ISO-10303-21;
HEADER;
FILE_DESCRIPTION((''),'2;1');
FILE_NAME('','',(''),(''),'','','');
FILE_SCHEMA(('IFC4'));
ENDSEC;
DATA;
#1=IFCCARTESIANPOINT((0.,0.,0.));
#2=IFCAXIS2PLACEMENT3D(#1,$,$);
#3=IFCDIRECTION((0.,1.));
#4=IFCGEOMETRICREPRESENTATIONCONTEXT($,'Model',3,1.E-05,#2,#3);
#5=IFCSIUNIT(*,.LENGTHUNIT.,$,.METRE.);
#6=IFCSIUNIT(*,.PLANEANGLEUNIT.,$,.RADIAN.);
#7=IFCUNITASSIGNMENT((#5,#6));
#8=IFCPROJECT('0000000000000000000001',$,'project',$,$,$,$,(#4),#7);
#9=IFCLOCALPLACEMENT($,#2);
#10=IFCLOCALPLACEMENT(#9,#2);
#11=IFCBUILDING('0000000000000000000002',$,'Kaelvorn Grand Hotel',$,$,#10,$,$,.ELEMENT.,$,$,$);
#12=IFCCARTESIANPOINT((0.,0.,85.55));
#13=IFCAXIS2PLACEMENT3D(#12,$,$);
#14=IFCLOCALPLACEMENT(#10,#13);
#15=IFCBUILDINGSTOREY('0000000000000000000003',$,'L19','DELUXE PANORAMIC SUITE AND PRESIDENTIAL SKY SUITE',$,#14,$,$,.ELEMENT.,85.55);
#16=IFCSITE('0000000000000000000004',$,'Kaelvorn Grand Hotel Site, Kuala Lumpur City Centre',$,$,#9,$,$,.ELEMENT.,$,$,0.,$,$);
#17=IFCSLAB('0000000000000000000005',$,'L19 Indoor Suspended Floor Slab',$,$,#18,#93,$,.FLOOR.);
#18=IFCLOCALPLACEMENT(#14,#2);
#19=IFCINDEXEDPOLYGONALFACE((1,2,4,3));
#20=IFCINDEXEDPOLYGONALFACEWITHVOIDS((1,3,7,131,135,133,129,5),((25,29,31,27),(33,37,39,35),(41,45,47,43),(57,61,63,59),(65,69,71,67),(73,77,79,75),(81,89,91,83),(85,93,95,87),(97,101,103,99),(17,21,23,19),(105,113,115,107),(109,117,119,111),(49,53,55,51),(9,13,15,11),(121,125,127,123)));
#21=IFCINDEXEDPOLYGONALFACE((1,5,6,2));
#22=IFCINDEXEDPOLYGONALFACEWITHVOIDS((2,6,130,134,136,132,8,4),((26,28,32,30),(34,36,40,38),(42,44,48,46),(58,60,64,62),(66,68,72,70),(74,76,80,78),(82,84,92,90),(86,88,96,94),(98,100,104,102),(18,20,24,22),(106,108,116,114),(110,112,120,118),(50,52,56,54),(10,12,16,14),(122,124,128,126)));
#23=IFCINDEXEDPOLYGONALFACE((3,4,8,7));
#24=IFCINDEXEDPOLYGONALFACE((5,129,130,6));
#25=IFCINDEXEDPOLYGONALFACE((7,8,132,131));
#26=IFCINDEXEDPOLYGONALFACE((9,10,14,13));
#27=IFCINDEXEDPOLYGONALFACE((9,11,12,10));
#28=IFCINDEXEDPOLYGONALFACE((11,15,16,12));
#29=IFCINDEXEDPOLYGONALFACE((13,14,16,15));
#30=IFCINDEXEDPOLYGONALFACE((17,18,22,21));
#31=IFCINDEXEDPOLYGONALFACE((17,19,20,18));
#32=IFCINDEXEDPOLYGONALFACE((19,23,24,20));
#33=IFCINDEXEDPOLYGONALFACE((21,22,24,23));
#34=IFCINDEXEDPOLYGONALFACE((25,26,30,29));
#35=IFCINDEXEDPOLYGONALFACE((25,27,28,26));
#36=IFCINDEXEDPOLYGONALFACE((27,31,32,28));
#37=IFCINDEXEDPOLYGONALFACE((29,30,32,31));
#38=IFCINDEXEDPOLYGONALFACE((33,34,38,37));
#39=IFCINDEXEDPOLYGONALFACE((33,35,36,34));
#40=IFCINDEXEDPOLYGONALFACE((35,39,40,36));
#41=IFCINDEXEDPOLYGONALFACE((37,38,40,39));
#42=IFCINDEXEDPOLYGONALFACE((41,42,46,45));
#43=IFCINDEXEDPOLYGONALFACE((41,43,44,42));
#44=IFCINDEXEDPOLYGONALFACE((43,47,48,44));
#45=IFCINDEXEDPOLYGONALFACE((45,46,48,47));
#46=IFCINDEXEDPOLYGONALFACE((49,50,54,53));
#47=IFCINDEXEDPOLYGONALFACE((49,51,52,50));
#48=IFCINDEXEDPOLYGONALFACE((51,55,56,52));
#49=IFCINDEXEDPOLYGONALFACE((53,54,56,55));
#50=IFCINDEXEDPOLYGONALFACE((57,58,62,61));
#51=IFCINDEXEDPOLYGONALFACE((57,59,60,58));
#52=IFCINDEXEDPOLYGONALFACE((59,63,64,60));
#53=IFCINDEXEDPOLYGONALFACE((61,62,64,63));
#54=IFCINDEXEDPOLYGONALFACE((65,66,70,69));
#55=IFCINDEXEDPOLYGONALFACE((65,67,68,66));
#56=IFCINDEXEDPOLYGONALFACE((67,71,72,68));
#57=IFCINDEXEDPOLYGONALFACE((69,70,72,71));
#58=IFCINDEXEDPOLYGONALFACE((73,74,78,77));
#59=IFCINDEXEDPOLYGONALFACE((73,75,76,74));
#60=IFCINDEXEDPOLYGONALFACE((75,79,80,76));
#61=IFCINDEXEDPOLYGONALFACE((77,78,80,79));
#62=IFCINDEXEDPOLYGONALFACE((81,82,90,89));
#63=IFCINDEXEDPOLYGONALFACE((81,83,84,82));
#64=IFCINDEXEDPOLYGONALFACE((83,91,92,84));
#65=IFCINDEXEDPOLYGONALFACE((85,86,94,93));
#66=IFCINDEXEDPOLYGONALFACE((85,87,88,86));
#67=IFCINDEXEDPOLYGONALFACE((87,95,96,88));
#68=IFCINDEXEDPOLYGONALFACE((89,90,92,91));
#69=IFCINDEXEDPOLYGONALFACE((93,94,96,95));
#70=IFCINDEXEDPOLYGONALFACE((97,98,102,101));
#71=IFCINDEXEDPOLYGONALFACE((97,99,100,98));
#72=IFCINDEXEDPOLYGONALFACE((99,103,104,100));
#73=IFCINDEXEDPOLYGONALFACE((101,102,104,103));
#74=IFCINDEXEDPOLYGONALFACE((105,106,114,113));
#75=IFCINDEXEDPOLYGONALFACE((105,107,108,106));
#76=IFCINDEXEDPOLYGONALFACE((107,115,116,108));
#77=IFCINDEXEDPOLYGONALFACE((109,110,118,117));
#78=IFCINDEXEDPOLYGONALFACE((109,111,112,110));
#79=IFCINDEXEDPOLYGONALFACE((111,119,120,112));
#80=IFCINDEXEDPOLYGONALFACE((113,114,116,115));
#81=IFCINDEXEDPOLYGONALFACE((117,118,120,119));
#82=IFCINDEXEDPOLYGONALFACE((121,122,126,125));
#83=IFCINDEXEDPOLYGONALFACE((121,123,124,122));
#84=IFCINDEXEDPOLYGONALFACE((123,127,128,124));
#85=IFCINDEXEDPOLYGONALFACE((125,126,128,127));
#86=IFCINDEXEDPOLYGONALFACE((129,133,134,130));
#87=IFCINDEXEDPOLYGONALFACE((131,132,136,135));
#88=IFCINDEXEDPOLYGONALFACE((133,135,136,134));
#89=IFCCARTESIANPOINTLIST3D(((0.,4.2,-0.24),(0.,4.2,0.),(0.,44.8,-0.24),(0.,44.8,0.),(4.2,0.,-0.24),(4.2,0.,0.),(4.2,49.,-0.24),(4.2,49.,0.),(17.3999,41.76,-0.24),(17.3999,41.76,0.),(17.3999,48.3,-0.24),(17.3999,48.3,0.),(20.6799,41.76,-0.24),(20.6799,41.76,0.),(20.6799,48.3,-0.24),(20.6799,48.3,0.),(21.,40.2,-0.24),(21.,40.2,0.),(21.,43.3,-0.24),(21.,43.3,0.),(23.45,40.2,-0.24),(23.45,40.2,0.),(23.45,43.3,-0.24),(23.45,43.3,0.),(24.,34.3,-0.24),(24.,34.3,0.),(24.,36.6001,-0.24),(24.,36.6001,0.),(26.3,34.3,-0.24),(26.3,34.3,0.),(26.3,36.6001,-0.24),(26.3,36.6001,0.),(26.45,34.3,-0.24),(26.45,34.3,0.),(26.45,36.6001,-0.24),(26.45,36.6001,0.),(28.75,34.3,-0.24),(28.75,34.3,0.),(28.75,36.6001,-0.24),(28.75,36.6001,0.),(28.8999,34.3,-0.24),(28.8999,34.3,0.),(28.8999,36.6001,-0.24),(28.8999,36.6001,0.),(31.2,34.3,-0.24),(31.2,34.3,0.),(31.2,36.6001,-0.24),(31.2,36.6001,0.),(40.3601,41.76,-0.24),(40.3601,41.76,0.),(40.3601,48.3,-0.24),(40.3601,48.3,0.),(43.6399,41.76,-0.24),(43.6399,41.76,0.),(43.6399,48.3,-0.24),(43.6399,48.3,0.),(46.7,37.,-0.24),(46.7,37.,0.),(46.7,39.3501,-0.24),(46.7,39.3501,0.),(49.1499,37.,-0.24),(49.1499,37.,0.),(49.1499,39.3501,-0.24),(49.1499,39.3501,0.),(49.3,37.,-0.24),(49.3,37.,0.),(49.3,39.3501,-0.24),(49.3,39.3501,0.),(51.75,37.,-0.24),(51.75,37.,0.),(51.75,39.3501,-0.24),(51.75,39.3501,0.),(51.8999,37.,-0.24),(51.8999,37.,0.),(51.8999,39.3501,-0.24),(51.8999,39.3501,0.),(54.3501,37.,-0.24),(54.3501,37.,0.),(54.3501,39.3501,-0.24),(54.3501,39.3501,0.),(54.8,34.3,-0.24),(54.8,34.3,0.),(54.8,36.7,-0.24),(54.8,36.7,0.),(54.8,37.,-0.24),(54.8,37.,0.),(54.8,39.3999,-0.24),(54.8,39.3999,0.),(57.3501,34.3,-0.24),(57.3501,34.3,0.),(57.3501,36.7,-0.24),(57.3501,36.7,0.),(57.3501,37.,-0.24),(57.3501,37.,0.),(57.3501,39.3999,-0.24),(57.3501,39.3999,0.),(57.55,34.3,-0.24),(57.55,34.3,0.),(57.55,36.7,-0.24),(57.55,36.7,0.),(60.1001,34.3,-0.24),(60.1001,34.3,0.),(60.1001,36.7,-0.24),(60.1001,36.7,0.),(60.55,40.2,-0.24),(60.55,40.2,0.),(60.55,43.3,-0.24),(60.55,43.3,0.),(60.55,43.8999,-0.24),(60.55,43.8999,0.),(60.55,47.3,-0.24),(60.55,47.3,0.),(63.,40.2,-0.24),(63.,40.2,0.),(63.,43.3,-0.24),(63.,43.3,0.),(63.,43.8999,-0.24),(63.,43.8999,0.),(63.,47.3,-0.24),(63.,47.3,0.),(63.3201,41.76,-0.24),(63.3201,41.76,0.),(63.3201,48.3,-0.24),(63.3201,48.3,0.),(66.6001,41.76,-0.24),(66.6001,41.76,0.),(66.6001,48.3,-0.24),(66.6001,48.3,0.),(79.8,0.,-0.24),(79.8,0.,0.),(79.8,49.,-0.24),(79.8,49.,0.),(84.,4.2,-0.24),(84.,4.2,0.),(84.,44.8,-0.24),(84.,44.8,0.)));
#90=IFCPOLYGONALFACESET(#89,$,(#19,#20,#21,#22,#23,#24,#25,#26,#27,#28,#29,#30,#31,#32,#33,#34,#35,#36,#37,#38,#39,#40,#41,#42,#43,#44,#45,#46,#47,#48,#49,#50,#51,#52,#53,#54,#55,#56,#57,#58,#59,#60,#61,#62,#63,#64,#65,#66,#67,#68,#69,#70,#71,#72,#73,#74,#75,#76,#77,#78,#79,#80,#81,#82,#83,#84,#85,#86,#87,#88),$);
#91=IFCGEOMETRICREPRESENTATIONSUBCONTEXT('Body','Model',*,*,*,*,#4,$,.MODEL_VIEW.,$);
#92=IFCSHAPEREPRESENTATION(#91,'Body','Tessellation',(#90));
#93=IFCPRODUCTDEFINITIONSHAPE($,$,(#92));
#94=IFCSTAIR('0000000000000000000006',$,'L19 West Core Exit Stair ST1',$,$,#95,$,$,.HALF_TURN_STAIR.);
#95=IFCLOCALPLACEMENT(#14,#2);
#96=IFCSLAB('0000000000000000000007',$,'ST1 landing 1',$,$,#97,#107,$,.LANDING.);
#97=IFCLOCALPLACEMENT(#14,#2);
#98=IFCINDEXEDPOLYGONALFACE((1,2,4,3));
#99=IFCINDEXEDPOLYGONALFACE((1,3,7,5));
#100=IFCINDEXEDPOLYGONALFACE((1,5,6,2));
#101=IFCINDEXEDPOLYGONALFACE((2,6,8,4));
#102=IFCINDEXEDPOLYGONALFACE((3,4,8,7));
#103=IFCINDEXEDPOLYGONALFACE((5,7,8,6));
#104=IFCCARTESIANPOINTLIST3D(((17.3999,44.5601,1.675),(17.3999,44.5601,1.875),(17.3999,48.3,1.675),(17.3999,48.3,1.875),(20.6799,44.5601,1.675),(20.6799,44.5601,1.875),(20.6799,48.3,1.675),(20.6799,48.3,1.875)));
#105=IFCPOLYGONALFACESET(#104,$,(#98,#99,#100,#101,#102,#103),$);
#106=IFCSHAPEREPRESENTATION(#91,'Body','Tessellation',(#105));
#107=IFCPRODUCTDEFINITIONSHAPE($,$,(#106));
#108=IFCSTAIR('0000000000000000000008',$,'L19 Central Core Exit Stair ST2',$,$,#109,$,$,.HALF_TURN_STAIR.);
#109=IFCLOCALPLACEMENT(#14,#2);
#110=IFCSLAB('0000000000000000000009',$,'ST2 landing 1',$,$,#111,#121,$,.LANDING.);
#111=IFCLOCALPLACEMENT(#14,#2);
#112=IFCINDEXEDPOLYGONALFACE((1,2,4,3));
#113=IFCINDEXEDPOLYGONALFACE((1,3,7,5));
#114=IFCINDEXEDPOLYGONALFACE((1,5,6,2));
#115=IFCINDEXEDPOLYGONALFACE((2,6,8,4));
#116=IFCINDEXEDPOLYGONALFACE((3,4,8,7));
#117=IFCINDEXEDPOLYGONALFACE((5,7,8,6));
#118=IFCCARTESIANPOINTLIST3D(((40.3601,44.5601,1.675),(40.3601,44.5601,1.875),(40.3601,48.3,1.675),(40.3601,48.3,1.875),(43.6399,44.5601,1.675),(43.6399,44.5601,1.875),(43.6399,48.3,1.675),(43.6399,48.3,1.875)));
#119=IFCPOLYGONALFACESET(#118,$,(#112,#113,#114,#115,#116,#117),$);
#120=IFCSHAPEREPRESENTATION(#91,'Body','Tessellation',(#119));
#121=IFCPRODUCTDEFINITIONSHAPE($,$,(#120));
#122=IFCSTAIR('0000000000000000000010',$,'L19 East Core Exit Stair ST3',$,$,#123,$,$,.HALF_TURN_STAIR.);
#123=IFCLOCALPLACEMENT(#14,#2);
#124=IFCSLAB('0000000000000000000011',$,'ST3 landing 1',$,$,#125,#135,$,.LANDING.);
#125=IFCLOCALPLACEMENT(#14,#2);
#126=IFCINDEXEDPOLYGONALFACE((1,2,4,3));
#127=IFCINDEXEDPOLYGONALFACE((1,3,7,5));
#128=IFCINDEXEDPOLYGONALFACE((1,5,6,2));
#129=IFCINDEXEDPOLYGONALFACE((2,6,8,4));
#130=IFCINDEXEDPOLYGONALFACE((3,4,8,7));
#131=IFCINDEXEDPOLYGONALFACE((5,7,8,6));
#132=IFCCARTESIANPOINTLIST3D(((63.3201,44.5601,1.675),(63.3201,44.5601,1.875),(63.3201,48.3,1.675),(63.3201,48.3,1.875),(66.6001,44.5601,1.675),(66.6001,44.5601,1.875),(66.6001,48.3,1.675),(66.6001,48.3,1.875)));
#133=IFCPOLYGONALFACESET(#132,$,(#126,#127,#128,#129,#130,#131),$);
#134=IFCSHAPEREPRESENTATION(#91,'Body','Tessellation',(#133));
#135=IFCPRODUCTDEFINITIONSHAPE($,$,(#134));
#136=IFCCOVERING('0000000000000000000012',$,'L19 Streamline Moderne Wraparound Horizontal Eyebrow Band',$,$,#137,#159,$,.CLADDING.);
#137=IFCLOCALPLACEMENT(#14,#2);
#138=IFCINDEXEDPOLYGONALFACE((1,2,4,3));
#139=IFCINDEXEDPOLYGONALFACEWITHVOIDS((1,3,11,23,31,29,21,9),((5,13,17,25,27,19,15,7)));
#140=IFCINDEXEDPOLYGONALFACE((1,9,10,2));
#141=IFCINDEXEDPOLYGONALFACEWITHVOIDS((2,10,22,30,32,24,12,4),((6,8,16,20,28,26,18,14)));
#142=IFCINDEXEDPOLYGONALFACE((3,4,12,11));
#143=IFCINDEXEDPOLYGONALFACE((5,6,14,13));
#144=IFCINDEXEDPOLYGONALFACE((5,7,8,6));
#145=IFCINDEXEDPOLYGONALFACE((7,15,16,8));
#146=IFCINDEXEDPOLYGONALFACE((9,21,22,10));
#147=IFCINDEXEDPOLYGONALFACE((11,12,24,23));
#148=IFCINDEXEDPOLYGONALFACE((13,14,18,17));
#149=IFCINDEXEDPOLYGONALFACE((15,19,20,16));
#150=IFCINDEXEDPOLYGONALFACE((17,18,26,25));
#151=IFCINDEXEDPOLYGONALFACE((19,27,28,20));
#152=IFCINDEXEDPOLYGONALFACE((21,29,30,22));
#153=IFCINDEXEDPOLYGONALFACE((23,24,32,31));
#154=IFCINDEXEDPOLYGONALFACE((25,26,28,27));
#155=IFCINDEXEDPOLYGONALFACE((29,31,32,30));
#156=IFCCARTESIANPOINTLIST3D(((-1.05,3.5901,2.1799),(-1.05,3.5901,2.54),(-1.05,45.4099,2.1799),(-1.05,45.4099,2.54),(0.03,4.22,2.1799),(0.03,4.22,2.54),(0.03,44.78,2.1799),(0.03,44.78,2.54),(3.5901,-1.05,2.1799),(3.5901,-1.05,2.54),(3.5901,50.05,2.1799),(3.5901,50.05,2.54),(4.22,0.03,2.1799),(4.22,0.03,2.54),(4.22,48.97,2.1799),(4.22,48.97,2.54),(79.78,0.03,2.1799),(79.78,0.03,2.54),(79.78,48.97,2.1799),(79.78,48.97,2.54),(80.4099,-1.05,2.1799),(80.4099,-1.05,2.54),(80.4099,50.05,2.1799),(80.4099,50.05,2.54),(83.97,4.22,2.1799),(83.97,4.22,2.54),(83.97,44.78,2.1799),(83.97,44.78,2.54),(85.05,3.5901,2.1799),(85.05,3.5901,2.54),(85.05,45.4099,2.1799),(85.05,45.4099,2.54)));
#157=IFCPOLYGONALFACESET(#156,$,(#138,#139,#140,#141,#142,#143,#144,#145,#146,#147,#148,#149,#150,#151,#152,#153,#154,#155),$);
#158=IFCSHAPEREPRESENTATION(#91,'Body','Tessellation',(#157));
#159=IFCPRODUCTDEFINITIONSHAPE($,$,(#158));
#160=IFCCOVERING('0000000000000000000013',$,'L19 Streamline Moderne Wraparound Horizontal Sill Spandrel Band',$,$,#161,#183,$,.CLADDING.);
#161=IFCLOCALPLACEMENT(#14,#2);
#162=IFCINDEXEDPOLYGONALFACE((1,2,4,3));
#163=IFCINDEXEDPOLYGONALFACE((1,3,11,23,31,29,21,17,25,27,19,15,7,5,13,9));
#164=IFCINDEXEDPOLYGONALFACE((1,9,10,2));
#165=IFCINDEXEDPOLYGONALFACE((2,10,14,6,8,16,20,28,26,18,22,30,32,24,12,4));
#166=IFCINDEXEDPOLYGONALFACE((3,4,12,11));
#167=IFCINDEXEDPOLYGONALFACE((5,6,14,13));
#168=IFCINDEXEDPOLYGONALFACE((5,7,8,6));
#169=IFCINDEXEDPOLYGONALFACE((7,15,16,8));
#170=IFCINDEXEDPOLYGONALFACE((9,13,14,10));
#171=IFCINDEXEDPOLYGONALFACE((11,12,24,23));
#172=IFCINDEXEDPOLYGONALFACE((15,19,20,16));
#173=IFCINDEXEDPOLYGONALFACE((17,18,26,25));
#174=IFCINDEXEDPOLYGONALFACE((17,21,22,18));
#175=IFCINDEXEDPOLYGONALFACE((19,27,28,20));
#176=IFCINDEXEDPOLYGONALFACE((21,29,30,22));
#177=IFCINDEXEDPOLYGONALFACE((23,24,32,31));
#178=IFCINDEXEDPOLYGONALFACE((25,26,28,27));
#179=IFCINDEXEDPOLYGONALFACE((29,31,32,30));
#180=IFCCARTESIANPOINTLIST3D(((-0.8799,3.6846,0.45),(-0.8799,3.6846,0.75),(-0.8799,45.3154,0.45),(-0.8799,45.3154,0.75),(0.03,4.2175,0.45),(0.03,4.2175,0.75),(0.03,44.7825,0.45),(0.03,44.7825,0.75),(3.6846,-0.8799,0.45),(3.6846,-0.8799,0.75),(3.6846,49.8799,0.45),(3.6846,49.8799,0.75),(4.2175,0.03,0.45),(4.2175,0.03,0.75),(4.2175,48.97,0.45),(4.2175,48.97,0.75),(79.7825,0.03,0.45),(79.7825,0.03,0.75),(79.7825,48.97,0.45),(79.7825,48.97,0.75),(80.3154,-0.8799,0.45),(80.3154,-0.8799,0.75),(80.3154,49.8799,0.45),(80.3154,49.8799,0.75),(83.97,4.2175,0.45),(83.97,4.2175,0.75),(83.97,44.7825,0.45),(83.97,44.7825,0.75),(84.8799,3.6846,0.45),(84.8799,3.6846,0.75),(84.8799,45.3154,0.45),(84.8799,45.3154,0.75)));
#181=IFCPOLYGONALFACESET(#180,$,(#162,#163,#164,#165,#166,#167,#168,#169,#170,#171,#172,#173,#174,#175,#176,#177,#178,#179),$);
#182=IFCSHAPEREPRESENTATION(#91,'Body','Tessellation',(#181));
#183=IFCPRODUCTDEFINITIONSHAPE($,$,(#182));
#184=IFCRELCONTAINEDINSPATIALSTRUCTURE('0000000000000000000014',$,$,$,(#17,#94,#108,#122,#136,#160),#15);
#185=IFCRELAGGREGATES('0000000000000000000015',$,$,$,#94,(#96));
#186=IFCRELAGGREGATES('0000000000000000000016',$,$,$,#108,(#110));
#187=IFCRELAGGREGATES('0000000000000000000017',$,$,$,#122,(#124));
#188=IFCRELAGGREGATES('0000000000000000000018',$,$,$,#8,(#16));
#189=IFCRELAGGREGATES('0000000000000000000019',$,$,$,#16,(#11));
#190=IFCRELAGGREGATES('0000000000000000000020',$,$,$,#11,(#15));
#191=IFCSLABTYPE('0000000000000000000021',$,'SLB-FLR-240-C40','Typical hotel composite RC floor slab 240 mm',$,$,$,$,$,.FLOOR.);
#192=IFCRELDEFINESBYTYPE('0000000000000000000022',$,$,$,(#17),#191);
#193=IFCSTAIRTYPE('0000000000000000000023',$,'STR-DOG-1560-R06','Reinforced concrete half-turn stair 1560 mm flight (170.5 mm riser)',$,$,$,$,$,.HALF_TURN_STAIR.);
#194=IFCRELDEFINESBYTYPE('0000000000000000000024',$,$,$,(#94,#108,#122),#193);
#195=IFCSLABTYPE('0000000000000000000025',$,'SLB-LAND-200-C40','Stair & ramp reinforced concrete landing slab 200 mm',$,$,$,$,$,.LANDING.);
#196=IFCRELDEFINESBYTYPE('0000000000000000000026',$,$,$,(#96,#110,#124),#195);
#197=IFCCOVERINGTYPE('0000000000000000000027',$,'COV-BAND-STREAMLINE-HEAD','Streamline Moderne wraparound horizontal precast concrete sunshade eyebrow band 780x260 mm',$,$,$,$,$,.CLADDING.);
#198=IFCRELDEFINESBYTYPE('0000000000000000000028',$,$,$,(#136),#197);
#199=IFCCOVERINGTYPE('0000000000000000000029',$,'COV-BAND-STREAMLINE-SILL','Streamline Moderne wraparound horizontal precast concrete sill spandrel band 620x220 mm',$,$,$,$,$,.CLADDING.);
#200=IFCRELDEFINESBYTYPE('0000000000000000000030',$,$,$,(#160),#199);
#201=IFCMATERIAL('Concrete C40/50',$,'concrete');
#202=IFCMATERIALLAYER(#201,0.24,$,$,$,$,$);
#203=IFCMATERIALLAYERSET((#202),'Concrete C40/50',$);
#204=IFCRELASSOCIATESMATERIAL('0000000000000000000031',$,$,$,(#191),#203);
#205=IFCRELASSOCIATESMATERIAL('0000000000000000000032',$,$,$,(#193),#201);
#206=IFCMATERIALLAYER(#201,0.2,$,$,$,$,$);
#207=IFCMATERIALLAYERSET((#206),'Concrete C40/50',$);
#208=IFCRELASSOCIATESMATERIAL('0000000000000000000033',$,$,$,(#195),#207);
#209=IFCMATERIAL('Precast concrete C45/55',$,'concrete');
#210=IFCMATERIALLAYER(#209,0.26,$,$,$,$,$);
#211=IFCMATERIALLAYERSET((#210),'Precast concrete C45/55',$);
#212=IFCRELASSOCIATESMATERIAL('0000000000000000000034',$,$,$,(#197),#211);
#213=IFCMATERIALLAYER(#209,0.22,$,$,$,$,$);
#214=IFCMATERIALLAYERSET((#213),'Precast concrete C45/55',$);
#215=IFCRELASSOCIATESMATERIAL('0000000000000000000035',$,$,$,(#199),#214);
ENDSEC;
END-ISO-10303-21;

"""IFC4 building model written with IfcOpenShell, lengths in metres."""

from ifc_helpers import new_model, si_unit, direction, frame, origin, place, context, subcontext, project, spatial, polyline, outline, extrude, material, layer, layer_set, type_object, element, aggregate, save


model = new_model("IFC4")

# Units and contexts
model_context = context("Model", 3, precision=1e-05, world=origin(), true_north=direction((0.0, 1.0)))
body_context = subcontext(model_context, "Body", "Model", "MODEL_VIEW")
ifc_project = project(units=[si_unit("LENGTHUNIT", "METRE"), si_unit("PLANEANGLEUNIT", "RADIAN")], contexts=[model_context])

# Site, building, storey
site_placement = place(None, origin())
site = spatial("IfcSite", under=ifc_project, at=site_placement, Name="Kaelvorn Grand Hotel Site, Kuala Lumpur City Centre", CompositionType="ELEMENT", RefElevation=0.0)
building_placement = place(site_placement, origin())
building = spatial("IfcBuilding", under=site, at=building_placement, Name="Kaelvorn Grand Hotel", CompositionType="ELEMENT")
storey_placement = place(building_placement, frame((0.0, 0.0, 85.55)))
storey = spatial("IfcBuildingStorey", under=building, at=storey_placement, Name="L19", Description="DELUXE PANORAMIC SUITE AND PRESIDENTIAL SKY SUITE", CompositionType="ELEMENT", Elevation=85.55)

# Slab
ifc_material_1 = material(Name="Concrete C40/50", Category="concrete")
ifc_layer_1 = layer(ifc_material_1, 0.24)
ifc_layer_set_1 = layer_set([ifc_layer_1], Name="Concrete C40/50")
slab_type_1 = type_object("IfcSlabType", Name="SLB-FLR-240-C40", Description="Typical hotel composite RC floor slab 240 mm", PredefinedType="FLOOR", material=ifc_layer_set_1)
slab_1_placement = place(storey_placement, frame((0.0, 0.0, -0.24)))
element("IfcSlab", 1, at=slab_1_placement, inside=storey, type_object=slab_type_1, Name="L19 Indoor Suspended Floor Slab", PredefinedType="FLOOR", context=body_context, shape_type="SweptSolid", body=[
    extrude(outline(polyline([(4.2, 0.0), (79.8, 0.0), (84.0, 4.2), (84.0, 44.8), (79.8, 49.0), (4.2, 49.0), (0.0, 44.8), (0.0, 4.2), (4.2, 0.0)]), holes=[polyline([(17.3999, 41.76), (17.3999, 48.3), (20.6799, 48.3), (20.6799, 41.76), (17.3999, 41.76)]), polyline([(40.3601, 41.76), (40.3601, 48.3), (43.6399, 48.3), (43.6399, 41.76), (40.3601, 41.76)]), polyline([(63.3201, 41.76), (63.3201, 48.3), (66.6001, 48.3), (66.6001, 41.76), (63.3201, 41.76)]), polyline([(24.0, 34.3), (24.0, 36.6001), (26.3, 36.6001), (26.3, 34.3), (24.0, 34.3)]), polyline([(26.45, 34.3), (26.45, 36.6001), (28.75, 36.6001), (28.75, 34.3), (26.45, 34.3)]), polyline([(28.8999, 34.3), (28.8999, 36.6001), (31.2, 36.6001), (31.2, 34.3), (28.8999, 34.3)]), polyline([(46.7, 37.0), (46.7, 39.3501), (49.1499, 39.3501), (49.1499, 37.0), (46.7, 37.0)]), polyline([(49.3, 37.0), (49.3, 39.3501), (51.75, 39.3501), (51.75, 37.0), (49.3, 37.0)]), polyline([(51.8999, 37.0), (51.8999, 39.3501), (54.3501, 39.3501), (54.3501, 37.0), (51.8999, 37.0)]), polyline([(54.8, 34.3), (54.8, 36.7), (57.3501, 36.7), (57.3501, 34.3), (54.8, 34.3)]), polyline([(57.55, 34.3), (57.55, 36.7), (60.1001, 36.7), (60.1001, 34.3), (57.55, 34.3)]), polyline([(54.8, 37.0), (54.8, 39.3999), (57.3501, 39.3999), (57.3501, 37.0), (54.8, 37.0)]), polyline([(21.0, 40.2), (21.0, 43.3), (23.45, 43.3), (23.45, 40.2), (21.0, 40.2)]), polyline([(60.55, 40.2), (60.55, 43.3), (63.0, 43.3), (63.0, 40.2), (60.55, 40.2)]), polyline([(60.55, 43.8999), (60.55, 47.3), (63.0, 47.3), (63.0, 43.8999), (60.55, 43.8999)])]), origin(), (0.0, 0.0, 1.0), 0.24),
])

# Stairs, slabs
stair_type = type_object("IfcStairType", Name="STR-DOG-1560-R06", Description="Reinforced concrete half-turn stair 1560 mm flight (170.5 mm riser)", PredefinedType="HALF_TURN_STAIR", material=ifc_material_1)
stair_1_placement = place(storey_placement, origin())
stair_1 = element("IfcStair", 2, at=stair_1_placement, inside=storey, type_object=stair_type, Name="L19 West Core Exit Stair ST1", PredefinedType="HALF_TURN_STAIR")
ifc_layer_2 = layer(ifc_material_1, 0.2)
ifc_layer_set_2 = layer_set([ifc_layer_2], Name="Concrete C40/50")
slab_type_2 = type_object("IfcSlabType", Name="SLB-LAND-200-C40", Description="Stair & ramp reinforced concrete landing slab 200 mm", PredefinedType="LANDING", material=ifc_layer_set_2)
slab_2_placement = place(storey_placement, frame((0.0, 0.0, 1.675)))
slab_2 = element("IfcSlab", 3, at=slab_2_placement, type_object=slab_type_2, Name="ST1 landing 1", PredefinedType="LANDING", context=body_context, shape_type="SweptSolid", body=[
    extrude(outline(polyline([(20.6799, 44.5601), (20.6799, 48.3), (17.3999, 48.3), (17.3999, 44.5601), (20.6799, 44.5601)])), origin(), (0.0, 0.0, 1.0), 0.2),
])
aggregate(stair_1, [slab_2])
stair_2_placement = place(storey_placement, origin())
stair_2 = element("IfcStair", 4, at=stair_2_placement, inside=storey, type_object=stair_type, Name="L19 Central Core Exit Stair ST2", PredefinedType="HALF_TURN_STAIR")
slab_3_placement = place(storey_placement, frame((0.0, 0.0, 1.675)))
slab_3 = element("IfcSlab", 5, at=slab_3_placement, type_object=slab_type_2, Name="ST2 landing 1", PredefinedType="LANDING", context=body_context, shape_type="SweptSolid", body=[
    extrude(outline(polyline([(43.6399, 44.5601), (43.6399, 48.3), (40.3601, 48.3), (40.3601, 44.5601), (43.6399, 44.5601)])), origin(), (0.0, 0.0, 1.0), 0.2),
])
aggregate(stair_2, [slab_3])
stair_3_placement = place(storey_placement, origin())
stair_3 = element("IfcStair", 6, at=stair_3_placement, inside=storey, type_object=stair_type, Name="L19 East Core Exit Stair ST3", PredefinedType="HALF_TURN_STAIR")
slab_4_placement = place(storey_placement, frame((0.0, 0.0, 1.675)))
slab_4 = element("IfcSlab", 7, at=slab_4_placement, type_object=slab_type_2, Name="ST3 landing 1", PredefinedType="LANDING", context=body_context, shape_type="SweptSolid", body=[
    extrude(outline(polyline([(66.6001, 44.5601), (66.6001, 48.3), (63.3201, 48.3), (63.3201, 44.5601), (66.6001, 44.5601)])), origin(), (0.0, 0.0, 1.0), 0.2),
])
aggregate(stair_3, [slab_4])

# Coverings
ifc_material_2 = material(Name="Precast concrete C45/55", Category="concrete")
ifc_layer_3 = layer(ifc_material_2, 0.26)
ifc_layer_set_3 = layer_set([ifc_layer_3], Name="Precast concrete C45/55")
covering_type_1 = type_object("IfcCoveringType", Name="COV-BAND-STREAMLINE-HEAD", Description="Streamline Moderne wraparound horizontal precast concrete sunshade eyebrow band 780x260 mm", PredefinedType="CLADDING", material=ifc_layer_set_3)
covering_1_placement = place(storey_placement, frame((0.0, 0.0, 2.1799)))
element("IfcCovering", 8, at=covering_1_placement, inside=storey, type_object=covering_type_1, Name="L19 Streamline Moderne Wraparound Horizontal Eyebrow Band", PredefinedType="CLADDING", context=body_context, shape_type="SweptSolid", body=[
    extrude(outline(polyline([(3.5901, -1.05), (80.4099, -1.05), (85.05, 3.5901), (85.05, 45.4099), (80.4099, 50.05), (3.5901, 50.05), (-1.05, 45.4099), (-1.05, 3.5901), (3.5901, -1.05)]), holes=[polyline([(4.22, 0.03), (79.78, 0.03), (83.97, 4.22), (83.97, 44.78), (79.78, 48.97), (4.22, 48.97), (0.03, 44.78), (0.03, 4.22), (4.22, 0.03)])]), origin(), (0.0, 0.0, 1.0), 0.3601),
])
ifc_layer_4 = layer(ifc_material_2, 0.22)
ifc_layer_set_4 = layer_set([ifc_layer_4], Name="Precast concrete C45/55")
covering_type_2 = type_object("IfcCoveringType", Name="COV-BAND-STREAMLINE-SILL", Description="Streamline Moderne wraparound horizontal precast concrete sill spandrel band 620x220 mm", PredefinedType="CLADDING", material=ifc_layer_set_4)
covering_2_placement = place(storey_placement, frame((0.0, 0.0, 0.45)))
element("IfcCovering", 9, at=covering_2_placement, inside=storey, type_object=covering_type_2, Name="L19 Streamline Moderne Wraparound Horizontal Sill Spandrel Band", PredefinedType="CLADDING", context=body_context, shape_type="SweptSolid", body=[
    extrude(outline(polyline([(80.3154, -0.8799), (84.8799, 3.6846), (84.8799, 45.3154), (80.3154, 49.8799), (3.6846, 49.8799), (-0.8799, 45.3154), (-0.8799, 3.6846), (3.6846, -0.8799), (4.2175, 0.03), (0.03, 4.2175), (0.03, 44.7825), (4.2175, 48.97), (79.7825, 48.97), (83.97, 44.7825), (83.97, 4.2175), (79.7825, 0.03), (80.3154, -0.8799)])), origin(), (0.0, 0.0, 1.0), 0.3),
])

save(model, "model.ifc")
